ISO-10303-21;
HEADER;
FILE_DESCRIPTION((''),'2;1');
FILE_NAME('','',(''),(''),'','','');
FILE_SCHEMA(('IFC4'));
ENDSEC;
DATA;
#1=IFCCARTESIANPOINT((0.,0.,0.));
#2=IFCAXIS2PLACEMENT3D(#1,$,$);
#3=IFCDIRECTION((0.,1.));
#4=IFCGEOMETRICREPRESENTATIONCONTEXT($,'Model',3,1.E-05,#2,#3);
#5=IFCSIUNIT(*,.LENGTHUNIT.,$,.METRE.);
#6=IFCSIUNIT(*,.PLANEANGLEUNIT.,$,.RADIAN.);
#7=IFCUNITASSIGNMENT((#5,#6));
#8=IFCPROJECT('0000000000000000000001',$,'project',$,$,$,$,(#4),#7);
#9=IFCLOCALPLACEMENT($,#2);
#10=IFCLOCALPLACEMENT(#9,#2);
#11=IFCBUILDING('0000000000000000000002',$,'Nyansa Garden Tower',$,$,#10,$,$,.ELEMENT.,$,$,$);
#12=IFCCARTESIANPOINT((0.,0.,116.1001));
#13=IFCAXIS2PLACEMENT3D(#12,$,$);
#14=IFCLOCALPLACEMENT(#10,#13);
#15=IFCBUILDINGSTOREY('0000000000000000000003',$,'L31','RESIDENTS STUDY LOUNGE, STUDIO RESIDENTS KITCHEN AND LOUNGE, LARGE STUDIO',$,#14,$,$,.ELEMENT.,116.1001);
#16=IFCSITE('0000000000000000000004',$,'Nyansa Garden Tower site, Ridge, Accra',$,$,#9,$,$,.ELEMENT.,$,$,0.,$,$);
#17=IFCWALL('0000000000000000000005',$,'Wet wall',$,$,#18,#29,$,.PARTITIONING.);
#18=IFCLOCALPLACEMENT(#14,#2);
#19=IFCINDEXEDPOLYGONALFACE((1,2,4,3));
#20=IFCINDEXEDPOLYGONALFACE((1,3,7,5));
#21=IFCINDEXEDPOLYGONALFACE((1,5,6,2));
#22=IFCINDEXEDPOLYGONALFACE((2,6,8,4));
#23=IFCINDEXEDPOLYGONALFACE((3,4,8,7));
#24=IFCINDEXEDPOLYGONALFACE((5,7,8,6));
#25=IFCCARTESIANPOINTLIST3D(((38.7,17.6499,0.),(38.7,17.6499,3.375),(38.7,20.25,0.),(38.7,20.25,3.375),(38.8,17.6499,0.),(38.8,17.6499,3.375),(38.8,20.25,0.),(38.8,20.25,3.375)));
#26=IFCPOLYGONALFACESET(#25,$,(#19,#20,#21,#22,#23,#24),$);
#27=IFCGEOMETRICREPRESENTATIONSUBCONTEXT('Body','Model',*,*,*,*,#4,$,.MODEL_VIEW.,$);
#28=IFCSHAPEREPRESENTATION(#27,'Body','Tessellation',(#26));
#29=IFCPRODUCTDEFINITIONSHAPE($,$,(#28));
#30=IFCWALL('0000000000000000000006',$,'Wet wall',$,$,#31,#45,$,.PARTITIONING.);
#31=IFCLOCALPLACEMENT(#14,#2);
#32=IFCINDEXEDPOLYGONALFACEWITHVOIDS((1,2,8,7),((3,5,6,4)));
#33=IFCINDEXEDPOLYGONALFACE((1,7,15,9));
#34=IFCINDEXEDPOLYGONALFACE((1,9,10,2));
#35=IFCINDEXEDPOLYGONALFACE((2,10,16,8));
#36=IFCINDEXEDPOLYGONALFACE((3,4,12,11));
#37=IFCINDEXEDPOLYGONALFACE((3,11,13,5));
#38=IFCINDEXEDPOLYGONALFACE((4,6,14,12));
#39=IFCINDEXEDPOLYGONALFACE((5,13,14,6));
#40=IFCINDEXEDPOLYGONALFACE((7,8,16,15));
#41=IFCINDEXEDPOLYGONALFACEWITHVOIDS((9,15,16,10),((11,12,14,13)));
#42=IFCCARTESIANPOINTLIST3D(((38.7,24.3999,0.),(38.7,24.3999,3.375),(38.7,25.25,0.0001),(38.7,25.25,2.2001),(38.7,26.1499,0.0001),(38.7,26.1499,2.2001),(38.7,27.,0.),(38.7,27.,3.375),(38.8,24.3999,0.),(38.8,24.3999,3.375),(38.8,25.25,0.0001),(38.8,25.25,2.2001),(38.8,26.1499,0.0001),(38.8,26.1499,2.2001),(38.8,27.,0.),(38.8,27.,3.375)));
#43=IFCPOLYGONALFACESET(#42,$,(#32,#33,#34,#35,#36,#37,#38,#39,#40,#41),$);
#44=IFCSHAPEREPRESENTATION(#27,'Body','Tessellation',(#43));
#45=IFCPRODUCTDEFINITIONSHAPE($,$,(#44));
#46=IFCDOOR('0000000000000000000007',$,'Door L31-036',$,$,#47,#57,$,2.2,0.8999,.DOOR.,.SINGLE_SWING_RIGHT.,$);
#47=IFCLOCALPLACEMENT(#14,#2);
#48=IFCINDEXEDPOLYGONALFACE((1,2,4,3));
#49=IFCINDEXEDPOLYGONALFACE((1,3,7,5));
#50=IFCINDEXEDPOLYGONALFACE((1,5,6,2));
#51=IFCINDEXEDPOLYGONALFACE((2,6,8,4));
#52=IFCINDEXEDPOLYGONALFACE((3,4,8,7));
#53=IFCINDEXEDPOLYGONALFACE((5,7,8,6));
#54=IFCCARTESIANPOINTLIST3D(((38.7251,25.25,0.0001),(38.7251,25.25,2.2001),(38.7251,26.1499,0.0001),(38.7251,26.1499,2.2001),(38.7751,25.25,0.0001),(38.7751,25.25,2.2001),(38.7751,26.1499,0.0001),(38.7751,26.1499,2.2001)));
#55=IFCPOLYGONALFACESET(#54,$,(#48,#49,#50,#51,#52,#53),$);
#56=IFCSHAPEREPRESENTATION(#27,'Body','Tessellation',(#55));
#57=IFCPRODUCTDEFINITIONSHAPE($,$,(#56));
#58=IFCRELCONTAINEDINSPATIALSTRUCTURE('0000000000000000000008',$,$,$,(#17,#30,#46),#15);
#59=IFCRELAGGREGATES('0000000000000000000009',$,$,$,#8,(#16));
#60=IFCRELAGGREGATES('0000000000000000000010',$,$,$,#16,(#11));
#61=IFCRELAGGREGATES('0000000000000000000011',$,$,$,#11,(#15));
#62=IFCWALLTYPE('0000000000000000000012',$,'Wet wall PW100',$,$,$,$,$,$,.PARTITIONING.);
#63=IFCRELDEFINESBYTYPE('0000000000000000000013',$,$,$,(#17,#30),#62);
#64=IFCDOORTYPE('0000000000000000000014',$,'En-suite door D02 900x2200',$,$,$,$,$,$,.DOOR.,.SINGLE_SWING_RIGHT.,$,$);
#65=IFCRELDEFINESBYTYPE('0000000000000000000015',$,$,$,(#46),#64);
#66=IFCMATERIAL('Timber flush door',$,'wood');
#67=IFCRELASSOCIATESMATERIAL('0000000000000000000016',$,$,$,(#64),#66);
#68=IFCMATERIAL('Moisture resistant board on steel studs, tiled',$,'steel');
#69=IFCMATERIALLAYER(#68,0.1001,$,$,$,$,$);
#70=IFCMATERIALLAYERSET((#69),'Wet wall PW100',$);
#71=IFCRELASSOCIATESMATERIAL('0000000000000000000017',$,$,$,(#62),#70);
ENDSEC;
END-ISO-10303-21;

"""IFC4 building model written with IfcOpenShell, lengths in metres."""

from ifc_helpers import new_model, si_unit, direction, frame, frame_2d, origin, place, context, subcontext, project, spatial, rectangle, extrude, material, layer, layer_set, type_object, element, fill, save


model = new_model("IFC4")

# Units and contexts
model_context = context("Model", 3, precision=1e-05, world=origin(), true_north=direction((0.0, 1.0)))
body_context = subcontext(model_context, "Body", "Model", "MODEL_VIEW")
ifc_project = project(units=[si_unit("LENGTHUNIT", "METRE"), si_unit("PLANEANGLEUNIT", "RADIAN")], contexts=[model_context])

# Site, building, storey
site_placement = place(None, origin())
site = spatial("IfcSite", under=ifc_project, at=site_placement, Name="Nyansa Garden Tower site, Ridge, Accra", CompositionType="ELEMENT", RefElevation=0.0)
building_placement = place(site_placement, origin())
building = spatial("IfcBuilding", under=site, at=building_placement, Name="Nyansa Garden Tower", CompositionType="ELEMENT")
storey_placement = place(building_placement, frame((0.0, 0.0, 116.1001)))
storey = spatial("IfcBuildingStorey", under=building, at=storey_placement, Name="L31", Description="RESIDENTS STUDY LOUNGE, STUDIO RESIDENTS KITCHEN AND LOUNGE, LARGE STUDIO", CompositionType="ELEMENT", Elevation=116.1001)

# Shared definitions
ifc_material_1 = material(Name="Timber flush door", Category="wood")
door_type_1 = type_object("IfcDoorType", Name="En-suite door D02 900x2200", OperationType="SINGLE_SWING_RIGHT", PredefinedType="DOOR", material=ifc_material_1)

# Wall
ifc_material_2 = material(Name="Moisture resistant board on steel studs, tiled", Category="steel")
ifc_layer_1 = layer(ifc_material_2, 0.1001)
ifc_layer_set_1 = layer_set([ifc_layer_1], Name="Wet wall PW100")
wall_type_1 = type_object("IfcWallType", Name="Wet wall PW100", PredefinedType="PARTITIONING", material=ifc_layer_set_1)
wall_1_placement = place(storey_placement, frame((38.75, 17.6499, 0.0), z_axis=(0.0, 0.0, 1.0), x_axis=(0.0, 1.0, 0.0)))
element("IfcWall", 1, at=wall_1_placement, inside=storey, type_object=wall_type_1, Name="Wet wall", PredefinedType="PARTITIONING", context=body_context, shape_type="SweptSolid", body=[
    extrude(rectangle(XDim=2.6001, YDim=0.1001, at=frame_2d((1.3, 0.0))), origin(), (0.0, 0.0, 1.0), 3.375),
])

# Wall, opening, door
wall_2_placement = place(storey_placement, frame((38.75, 24.3999, 0.0), z_axis=(0.0, 0.0, 1.0), x_axis=(0.0, 1.0, 0.0)))
wall_2 = element("IfcWall", 2, at=wall_2_placement, inside=storey, type_object=wall_type_1, Name="Wet wall", PredefinedType="PARTITIONING", context=body_context, shape_type="SweptSolid", body=[
    extrude(rectangle(XDim=2.6001, YDim=0.1001, at=frame_2d((1.3, 0.0))), origin(), (0.0, 0.0, 1.0), 3.375),
])
opening_1_placement = place(wall_2_placement, frame((0.8501, 0.0, 0.0)))
opening_1 = element("IfcOpeningElement", 3, at=opening_1_placement, cuts=wall_2, PredefinedType="OPENING", context=body_context, shape_type="SweptSolid", body=[
    extrude(rectangle(XDim=0.8999, YDim=2.2, at=frame_2d((0.45, 1.1001))), frame((0.0, 0.0601, 0.0), z_axis=(0.0, -1.0, 0.0), x_axis=(1.0, 0.0, 0.0)), (0.0, 0.0, 1.0), 0.1201),
])
door_1_placement = place(opening_1_placement, origin())
door_1 = element("IfcDoor", 4, at=door_1_placement, inside=storey, type_object=door_type_1, Name="Door L31-036", OperationType="SINGLE_SWING_RIGHT", OverallHeight=2.2, OverallWidth=0.8999, PredefinedType="DOOR", context=body_context, shape_type="SweptSolid", body=[
    extrude(rectangle(XDim=0.8999, YDim=2.2, at=frame_2d((0.45, 1.1001))), frame((0.0, 0.0249, 0.0), z_axis=(0.0, -1.0, 0.0), x_axis=(1.0, 0.0, 0.0)), (0.0, 0.0, 1.0), 0.05),
])
fill(opening_1, door_1)

save(model, "model.ifc")
